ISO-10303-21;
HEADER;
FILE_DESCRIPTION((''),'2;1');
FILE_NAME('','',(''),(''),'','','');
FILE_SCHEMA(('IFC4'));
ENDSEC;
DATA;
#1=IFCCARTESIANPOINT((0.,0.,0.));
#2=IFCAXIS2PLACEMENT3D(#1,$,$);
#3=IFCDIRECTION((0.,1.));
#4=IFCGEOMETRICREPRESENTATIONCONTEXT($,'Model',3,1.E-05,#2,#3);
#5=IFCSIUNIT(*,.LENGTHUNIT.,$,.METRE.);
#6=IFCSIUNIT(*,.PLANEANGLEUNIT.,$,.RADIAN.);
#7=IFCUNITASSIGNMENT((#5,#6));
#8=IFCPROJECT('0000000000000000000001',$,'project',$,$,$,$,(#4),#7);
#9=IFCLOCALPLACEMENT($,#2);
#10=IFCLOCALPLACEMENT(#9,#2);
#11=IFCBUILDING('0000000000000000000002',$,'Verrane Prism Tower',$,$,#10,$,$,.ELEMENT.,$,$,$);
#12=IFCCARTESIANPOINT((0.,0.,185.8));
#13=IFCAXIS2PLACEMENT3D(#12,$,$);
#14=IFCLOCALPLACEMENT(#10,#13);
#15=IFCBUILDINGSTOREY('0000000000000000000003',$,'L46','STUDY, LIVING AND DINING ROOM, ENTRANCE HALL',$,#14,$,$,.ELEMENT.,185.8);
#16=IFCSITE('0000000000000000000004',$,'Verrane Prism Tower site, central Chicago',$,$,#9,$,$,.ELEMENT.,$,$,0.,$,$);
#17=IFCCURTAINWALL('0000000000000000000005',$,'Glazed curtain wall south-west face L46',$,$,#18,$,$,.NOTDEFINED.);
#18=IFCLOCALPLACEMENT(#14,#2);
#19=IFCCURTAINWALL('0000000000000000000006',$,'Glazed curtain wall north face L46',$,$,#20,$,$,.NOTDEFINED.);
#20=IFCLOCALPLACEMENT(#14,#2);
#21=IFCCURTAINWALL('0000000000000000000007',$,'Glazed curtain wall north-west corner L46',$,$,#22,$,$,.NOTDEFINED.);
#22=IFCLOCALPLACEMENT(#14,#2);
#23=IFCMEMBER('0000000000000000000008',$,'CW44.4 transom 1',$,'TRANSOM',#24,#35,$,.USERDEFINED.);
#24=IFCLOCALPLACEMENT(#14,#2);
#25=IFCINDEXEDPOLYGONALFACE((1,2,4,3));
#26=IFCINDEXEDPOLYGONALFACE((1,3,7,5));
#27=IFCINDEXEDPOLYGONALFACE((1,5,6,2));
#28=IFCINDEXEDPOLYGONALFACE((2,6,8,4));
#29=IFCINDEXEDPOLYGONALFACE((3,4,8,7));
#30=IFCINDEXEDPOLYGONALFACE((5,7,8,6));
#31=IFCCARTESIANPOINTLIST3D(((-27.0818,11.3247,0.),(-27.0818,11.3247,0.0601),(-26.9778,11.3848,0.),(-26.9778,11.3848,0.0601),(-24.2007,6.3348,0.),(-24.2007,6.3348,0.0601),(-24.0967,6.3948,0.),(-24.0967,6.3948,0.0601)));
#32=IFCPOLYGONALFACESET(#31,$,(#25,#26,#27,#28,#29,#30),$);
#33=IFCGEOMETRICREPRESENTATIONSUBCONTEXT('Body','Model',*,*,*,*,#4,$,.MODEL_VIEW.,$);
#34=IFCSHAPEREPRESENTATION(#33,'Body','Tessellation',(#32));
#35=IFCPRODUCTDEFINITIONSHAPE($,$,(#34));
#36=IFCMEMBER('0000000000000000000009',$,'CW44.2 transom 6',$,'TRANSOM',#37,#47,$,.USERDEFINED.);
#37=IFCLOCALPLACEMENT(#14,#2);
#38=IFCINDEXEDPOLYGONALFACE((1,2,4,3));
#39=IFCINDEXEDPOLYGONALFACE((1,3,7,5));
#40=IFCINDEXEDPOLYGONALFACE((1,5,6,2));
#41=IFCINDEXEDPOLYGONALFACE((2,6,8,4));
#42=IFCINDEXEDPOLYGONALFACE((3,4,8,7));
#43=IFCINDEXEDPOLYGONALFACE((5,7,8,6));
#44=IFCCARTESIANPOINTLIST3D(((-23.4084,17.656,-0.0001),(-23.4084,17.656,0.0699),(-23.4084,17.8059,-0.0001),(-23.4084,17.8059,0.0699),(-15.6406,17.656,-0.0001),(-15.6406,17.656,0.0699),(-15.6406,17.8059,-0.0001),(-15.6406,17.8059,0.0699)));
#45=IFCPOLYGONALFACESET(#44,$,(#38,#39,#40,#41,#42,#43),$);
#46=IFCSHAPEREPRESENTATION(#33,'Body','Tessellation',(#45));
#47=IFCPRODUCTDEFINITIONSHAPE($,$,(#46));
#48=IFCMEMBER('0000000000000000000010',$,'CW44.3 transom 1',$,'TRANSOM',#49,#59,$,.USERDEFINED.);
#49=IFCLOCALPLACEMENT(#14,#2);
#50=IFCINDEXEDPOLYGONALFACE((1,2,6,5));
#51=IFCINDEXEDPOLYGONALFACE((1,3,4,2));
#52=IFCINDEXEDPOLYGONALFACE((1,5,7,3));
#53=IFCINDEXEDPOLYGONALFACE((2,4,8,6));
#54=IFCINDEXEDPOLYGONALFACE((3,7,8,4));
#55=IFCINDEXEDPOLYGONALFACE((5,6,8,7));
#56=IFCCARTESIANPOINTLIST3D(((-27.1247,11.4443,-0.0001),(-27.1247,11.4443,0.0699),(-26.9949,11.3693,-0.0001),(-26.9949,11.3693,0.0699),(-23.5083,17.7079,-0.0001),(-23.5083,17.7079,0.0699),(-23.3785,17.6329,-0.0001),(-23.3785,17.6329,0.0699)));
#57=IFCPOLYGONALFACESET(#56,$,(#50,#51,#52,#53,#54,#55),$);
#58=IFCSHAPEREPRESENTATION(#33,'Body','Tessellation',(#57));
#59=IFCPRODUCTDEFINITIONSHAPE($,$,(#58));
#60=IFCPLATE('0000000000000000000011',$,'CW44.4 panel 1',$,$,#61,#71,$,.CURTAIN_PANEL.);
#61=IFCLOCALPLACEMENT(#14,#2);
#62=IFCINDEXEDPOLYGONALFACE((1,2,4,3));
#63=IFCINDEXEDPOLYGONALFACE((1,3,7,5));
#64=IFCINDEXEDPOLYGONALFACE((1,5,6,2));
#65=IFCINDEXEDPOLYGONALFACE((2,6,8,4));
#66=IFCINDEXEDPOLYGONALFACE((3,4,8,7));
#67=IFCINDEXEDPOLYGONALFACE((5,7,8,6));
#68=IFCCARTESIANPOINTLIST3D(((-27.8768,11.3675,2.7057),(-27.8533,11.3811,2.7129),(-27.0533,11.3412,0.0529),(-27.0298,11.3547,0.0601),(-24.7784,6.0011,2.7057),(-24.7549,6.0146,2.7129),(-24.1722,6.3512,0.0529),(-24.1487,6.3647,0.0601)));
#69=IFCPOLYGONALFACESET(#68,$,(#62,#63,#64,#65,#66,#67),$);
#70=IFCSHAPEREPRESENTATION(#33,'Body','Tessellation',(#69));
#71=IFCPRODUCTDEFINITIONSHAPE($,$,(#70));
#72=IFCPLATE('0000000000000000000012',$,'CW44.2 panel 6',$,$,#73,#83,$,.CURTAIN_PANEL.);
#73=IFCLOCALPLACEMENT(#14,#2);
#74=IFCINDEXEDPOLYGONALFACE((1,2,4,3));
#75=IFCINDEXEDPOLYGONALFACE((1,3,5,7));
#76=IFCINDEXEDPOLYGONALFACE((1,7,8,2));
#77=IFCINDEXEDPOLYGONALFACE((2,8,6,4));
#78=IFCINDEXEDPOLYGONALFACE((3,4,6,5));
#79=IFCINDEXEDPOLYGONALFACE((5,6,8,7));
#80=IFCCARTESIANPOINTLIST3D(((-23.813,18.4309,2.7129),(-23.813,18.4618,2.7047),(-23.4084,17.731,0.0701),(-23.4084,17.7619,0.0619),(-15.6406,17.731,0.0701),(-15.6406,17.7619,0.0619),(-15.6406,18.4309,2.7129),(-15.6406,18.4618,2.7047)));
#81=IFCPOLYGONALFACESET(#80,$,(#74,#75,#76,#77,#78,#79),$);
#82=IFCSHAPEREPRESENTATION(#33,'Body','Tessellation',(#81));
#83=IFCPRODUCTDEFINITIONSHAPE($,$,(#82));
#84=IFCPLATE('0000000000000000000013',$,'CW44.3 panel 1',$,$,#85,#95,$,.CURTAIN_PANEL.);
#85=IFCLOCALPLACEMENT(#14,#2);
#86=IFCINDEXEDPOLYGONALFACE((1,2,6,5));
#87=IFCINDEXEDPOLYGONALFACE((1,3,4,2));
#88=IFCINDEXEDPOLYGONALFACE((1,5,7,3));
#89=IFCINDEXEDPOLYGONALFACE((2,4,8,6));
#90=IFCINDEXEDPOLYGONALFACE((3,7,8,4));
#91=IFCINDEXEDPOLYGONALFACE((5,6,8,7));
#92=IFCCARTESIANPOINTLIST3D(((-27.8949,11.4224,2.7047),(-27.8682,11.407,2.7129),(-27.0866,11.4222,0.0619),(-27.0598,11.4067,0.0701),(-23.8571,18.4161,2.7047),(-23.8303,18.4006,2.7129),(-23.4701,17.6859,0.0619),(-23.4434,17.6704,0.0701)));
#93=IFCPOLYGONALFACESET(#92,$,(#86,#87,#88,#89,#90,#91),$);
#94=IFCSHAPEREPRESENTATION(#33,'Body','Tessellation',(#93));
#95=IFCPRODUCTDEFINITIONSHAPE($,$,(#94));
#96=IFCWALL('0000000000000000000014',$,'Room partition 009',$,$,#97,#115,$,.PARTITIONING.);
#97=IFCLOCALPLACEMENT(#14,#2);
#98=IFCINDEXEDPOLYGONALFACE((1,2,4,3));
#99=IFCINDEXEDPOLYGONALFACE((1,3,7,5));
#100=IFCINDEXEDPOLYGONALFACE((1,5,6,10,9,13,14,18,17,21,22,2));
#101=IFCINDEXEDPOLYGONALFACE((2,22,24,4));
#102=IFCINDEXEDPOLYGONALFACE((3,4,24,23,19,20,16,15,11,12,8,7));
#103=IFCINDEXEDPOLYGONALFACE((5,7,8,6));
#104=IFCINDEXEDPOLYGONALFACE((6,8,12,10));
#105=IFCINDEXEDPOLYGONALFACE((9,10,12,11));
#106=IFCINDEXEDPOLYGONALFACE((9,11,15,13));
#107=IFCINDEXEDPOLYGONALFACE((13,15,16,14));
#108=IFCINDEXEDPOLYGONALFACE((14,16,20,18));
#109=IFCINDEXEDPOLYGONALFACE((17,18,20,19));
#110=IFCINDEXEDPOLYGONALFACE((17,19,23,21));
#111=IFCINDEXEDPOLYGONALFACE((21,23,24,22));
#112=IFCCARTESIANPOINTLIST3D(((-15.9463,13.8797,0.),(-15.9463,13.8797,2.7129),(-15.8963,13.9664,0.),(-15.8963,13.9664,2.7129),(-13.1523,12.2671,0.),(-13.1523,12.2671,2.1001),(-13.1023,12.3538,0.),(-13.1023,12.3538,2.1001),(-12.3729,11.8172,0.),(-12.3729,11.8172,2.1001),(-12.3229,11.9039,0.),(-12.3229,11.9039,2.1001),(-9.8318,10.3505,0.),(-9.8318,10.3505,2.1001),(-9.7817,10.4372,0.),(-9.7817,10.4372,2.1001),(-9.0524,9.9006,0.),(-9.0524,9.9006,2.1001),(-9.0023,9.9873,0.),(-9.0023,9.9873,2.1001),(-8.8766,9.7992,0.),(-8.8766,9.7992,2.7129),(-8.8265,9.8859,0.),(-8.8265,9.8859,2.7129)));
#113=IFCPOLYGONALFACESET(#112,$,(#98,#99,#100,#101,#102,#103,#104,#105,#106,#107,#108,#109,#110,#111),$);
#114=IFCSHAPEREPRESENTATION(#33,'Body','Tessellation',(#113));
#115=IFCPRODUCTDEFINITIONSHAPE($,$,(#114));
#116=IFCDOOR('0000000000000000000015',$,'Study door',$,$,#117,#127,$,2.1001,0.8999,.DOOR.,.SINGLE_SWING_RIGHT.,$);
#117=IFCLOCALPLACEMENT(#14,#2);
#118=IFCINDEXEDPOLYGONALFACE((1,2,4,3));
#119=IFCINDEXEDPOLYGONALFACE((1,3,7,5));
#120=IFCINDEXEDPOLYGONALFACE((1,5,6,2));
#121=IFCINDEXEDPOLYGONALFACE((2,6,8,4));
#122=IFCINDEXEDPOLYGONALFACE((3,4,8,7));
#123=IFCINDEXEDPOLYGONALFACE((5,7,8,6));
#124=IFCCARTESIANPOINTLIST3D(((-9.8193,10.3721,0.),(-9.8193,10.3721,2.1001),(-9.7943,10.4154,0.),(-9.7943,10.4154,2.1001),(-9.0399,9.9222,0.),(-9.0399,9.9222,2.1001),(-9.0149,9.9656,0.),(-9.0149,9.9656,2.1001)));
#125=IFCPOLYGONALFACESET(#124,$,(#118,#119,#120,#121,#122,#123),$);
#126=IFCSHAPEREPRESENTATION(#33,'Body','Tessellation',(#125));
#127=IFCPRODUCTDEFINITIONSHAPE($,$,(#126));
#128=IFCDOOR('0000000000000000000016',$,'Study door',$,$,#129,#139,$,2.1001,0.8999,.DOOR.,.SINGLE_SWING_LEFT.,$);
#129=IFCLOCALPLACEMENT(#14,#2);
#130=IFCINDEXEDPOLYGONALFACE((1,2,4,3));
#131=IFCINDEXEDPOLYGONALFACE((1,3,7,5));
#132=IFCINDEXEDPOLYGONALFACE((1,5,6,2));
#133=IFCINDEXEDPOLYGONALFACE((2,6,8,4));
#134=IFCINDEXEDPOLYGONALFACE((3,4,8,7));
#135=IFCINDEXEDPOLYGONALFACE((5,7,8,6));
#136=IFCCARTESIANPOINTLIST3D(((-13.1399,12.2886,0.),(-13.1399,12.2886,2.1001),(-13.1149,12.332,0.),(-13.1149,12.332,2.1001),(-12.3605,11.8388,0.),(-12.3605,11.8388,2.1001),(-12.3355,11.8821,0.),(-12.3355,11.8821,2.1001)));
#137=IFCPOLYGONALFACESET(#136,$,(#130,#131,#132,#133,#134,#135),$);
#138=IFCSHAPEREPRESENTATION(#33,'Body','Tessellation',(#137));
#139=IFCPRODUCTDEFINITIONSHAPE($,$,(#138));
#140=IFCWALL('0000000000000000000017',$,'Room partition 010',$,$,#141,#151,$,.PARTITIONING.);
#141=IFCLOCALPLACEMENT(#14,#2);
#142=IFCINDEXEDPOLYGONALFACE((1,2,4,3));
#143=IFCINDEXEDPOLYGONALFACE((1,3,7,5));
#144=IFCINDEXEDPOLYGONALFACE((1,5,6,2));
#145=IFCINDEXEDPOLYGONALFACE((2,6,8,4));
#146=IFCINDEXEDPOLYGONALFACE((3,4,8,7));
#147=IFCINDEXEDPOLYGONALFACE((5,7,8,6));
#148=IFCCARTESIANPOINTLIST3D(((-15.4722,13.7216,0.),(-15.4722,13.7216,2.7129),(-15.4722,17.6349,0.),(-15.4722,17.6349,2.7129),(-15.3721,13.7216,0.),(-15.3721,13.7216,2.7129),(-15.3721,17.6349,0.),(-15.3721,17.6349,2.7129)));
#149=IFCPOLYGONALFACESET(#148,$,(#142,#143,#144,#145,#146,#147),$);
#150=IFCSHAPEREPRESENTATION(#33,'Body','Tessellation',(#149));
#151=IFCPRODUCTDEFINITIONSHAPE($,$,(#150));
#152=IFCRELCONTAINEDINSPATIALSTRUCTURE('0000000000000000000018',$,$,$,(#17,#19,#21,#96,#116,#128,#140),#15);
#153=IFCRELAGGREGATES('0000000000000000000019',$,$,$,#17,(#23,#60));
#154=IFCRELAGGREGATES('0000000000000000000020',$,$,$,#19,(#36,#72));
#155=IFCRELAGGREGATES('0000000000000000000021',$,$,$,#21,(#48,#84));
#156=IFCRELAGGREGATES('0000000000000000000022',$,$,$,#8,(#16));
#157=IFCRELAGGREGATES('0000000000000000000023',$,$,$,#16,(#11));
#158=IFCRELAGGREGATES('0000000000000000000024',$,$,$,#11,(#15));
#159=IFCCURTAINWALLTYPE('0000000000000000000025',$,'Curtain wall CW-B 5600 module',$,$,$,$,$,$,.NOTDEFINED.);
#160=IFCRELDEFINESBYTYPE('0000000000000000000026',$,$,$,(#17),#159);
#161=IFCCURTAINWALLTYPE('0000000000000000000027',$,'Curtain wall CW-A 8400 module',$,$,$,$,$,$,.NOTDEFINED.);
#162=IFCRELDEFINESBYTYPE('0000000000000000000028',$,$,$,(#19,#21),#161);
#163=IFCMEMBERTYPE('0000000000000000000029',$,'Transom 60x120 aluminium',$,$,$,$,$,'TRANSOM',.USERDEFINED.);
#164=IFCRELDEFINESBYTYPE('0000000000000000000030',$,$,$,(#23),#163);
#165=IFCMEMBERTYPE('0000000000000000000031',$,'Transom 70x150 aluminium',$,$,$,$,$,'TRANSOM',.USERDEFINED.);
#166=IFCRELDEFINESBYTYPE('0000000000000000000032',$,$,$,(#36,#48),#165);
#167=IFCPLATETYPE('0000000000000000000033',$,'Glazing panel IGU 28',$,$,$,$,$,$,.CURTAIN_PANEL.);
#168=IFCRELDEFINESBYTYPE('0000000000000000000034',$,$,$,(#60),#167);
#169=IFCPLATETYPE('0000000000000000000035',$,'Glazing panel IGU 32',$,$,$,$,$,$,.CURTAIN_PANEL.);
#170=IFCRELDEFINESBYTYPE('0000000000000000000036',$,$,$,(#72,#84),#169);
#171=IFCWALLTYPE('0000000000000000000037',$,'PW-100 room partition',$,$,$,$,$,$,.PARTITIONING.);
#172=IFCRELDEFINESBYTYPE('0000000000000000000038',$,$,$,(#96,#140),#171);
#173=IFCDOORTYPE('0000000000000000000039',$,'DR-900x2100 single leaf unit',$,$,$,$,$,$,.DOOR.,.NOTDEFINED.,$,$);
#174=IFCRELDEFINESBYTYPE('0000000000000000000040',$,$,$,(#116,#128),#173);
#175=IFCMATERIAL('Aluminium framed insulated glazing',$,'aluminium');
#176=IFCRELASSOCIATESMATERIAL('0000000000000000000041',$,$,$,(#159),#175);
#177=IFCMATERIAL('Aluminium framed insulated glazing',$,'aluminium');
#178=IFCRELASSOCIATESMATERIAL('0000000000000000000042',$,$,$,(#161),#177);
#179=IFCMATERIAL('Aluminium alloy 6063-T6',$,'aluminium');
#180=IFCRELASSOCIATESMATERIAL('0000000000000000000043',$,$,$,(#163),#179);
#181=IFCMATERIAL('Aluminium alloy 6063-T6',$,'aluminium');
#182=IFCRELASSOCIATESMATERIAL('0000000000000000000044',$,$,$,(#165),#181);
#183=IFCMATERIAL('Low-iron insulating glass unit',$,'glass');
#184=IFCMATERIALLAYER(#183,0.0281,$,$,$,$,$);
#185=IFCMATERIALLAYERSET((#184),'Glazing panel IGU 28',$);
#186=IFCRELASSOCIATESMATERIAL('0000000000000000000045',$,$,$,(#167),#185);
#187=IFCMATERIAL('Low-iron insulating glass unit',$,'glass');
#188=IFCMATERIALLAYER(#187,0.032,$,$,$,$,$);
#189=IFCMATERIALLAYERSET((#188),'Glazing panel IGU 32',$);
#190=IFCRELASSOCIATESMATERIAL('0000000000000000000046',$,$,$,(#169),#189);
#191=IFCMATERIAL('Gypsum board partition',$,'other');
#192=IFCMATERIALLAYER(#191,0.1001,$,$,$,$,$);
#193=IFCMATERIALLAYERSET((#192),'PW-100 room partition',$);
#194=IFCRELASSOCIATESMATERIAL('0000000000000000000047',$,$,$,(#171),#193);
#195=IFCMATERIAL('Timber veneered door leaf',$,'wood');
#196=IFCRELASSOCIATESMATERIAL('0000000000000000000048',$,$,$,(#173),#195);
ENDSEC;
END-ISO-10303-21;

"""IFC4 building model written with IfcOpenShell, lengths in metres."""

from ifc_helpers import new_model, si_unit, direction, frame, frame_2d, origin, origin_2d, place, context, subcontext, project, spatial, polyline, rectangle, outline, extrude, material, layer, layer_set, material_profile, profile_set, type_object, element, fill, aggregate, save


model = new_model("IFC4")

# Units and contexts
model_context = context("Model", 3, precision=1e-05, world=origin(), true_north=direction((0.0, 1.0)))
body_context = subcontext(model_context, "Body", "Model", "MODEL_VIEW")
ifc_project = project(units=[si_unit("LENGTHUNIT", "METRE"), si_unit("PLANEANGLEUNIT", "RADIAN")], contexts=[model_context])

# Site, building, storey
site_placement = place(None, origin())
site = spatial("IfcSite", under=ifc_project, at=site_placement, Name="Verrane Prism Tower site, central Chicago", CompositionType="ELEMENT", RefElevation=0.0)
building_placement = place(site_placement, origin())
building = spatial("IfcBuilding", under=site, at=building_placement, Name="Verrane Prism Tower", CompositionType="ELEMENT")
storey_placement = place(building_placement, frame((0.0, 0.0, 185.8)))
storey = spatial("IfcBuildingStorey", under=building, at=storey_placement, Name="L46", Description="STUDY, LIVING AND DINING ROOM, ENTRANCE HALL", CompositionType="ELEMENT", Elevation=185.8)

# Curtain walls
ifc_material_1 = material(Name="Aluminium framed insulated glazing", Category="aluminium")
curtain_wall_type_1 = type_object("IfcCurtainWallType", Name="Curtain wall CW-B 5600 module", PredefinedType="NOTDEFINED", material=ifc_material_1)
curtain_wall_1_placement = place(storey_placement, origin())
curtain_wall_1 = element("IfcCurtainWall", 1, at=curtain_wall_1_placement, inside=storey, type_object=curtain_wall_type_1, Name="Glazed curtain wall south-west face L46", PredefinedType="NOTDEFINED")
ifc_material_2 = material(Name="Aluminium framed insulated glazing", Category="aluminium")
curtain_wall_type_2 = type_object("IfcCurtainWallType", Name="Curtain wall CW-A 8400 module", PredefinedType="NOTDEFINED", material=ifc_material_2)
curtain_wall_2_placement = place(storey_placement, origin())
curtain_wall_2 = element("IfcCurtainWall", 2, at=curtain_wall_2_placement, inside=storey, type_object=curtain_wall_type_2, Name="Glazed curtain wall north face L46", PredefinedType="NOTDEFINED")
curtain_wall_3_placement = place(storey_placement, origin())
curtain_wall_3 = element("IfcCurtainWall", 3, at=curtain_wall_3_placement, inside=storey, type_object=curtain_wall_type_2, Name="Glazed curtain wall north-west corner L46", PredefinedType="NOTDEFINED")

# Members
ifc_material_3 = material(Name="Aluminium alloy 6063-T6", Category="aluminium")
ifc_material_profile_1 = material_profile(ifc_material_3, rectangle(XDim=0.1201, YDim=0.0601, at=origin_2d()), Name="Transom 60x120 aluminium")
ifc_profile_set_1 = profile_set([ifc_material_profile_1], Name="Aluminium alloy 6063-T6")
member_type_1 = type_object("IfcMemberType", Name="Transom 60x120 aluminium", ElementType="TRANSOM", PredefinedType="USERDEFINED", material=ifc_profile_set_1)
member_1_placement = place(storey_placement, frame((-27.0298, 11.3547, 0.03), z_axis=(0.500017, -0.866016, 0.0), x_axis=(0.866016, 0.500017, 0.0)))
member_1 = element("IfcMember", 4, at=member_1_placement, type_object=member_type_1, Name="CW44.4 transom 1", ObjectType="TRANSOM", PredefinedType="USERDEFINED", context=body_context, shape_type="SweptSolid", body=[
    extrude(rectangle(XDim=0.1201, YDim=0.0601, at=origin_2d()), origin(), (0.0, 0.0, 1.0), 5.762),
])
ifc_material_4 = material(Name="Aluminium alloy 6063-T6", Category="aluminium")
ifc_material_profile_2 = material_profile(ifc_material_4, rectangle(XDim=0.1499, YDim=0.0701, at=origin_2d()), Name="Transom 70x150 aluminium")
ifc_profile_set_2 = profile_set([ifc_material_profile_2], Name="Aluminium alloy 6063-T6")
member_type_2 = type_object("IfcMemberType", Name="Transom 70x150 aluminium", ElementType="TRANSOM", PredefinedType="USERDEFINED", material=ifc_profile_set_2)
member_2_placement = place(storey_placement, frame((-15.6406, 17.731, 0.0349), z_axis=(-1.0, 0.0, 0.0), x_axis=(0.0, -1.0, 0.0)))
member_2 = element("IfcMember", 5, at=member_2_placement, type_object=member_type_2, Name="CW44.2 transom 6", ObjectType="TRANSOM", PredefinedType="USERDEFINED", context=body_context, shape_type="SweptSolid", body=[
    extrude(rectangle(XDim=0.1499, YDim=0.0701, at=origin_2d()), origin(), (0.0, 0.0, 1.0), 7.7678),
])
member_3_placement = place(storey_placement, frame((-23.4434, 17.6704, 0.0349), z_axis=(-0.500013, -0.866018, 0.0), x_axis=(0.866018, -0.500013, 0.0)))
member_3 = element("IfcMember", 6, at=member_3_placement, type_object=member_type_2, Name="CW44.3 transom 1", ObjectType="TRANSOM", PredefinedType="USERDEFINED", context=body_context, shape_type="SweptSolid", body=[
    extrude(rectangle(XDim=0.1499, YDim=0.0701, at=origin_2d()), origin(), (0.0, 0.0, 1.0), 7.2327),
])

# Plates
ifc_material_5 = material(Name="Low-iron insulating glass unit", Category="glass")
ifc_layer_1 = layer(ifc_material_5, 0.0281)
ifc_layer_set_1 = layer_set([ifc_layer_1], Name="Glazing panel IGU 28")
plate_type_1 = type_object("IfcPlateType", Name="Glazing panel IGU 28", PredefinedType="CURTAIN_PANEL", material=ifc_layer_set_1)
plate_1_placement = place(storey_placement, frame((-27.0298, 11.3547, 0.0601), z_axis=(0.837357, 0.483464, 0.255137), x_axis=(0.500013, -0.866018, -0.000001)))
plate_1 = element("IfcPlate", 7, at=plate_1_placement, type_object=plate_type_1, Name="CW44.4 panel 1", PredefinedType="CURTAIN_PANEL", context=body_context, shape_type="SweptSolid", body=[
    extrude(outline(polyline([(0.0, 0.0), (5.762, 0.0), (5.7621, -2.7436), (-0.4346, -2.7436), (0.0, 0.0)])), origin(), (0.0, 0.0, -1.0), 0.0281),
])
aggregate(curtain_wall_1, [member_1, plate_1])
ifc_material_6 = material(Name="Low-iron insulating glass unit", Category="glass")
ifc_layer_2 = layer(ifc_material_6, 0.032)
ifc_layer_set_2 = layer_set([ifc_layer_2], Name="Glazing panel IGU 32")
plate_type_2 = type_object("IfcPlateType", Name="Glazing panel IGU 32", PredefinedType="CURTAIN_PANEL", material=ifc_layer_set_2)
plate_2_placement = place(storey_placement, frame((-15.6406, 17.731, 0.0701), z_axis=(0.0, -0.966671, 0.256023), x_axis=(-1.0, 0.0, 0.0)))
plate_2 = element("IfcPlate", 8, at=plate_2_placement, type_object=plate_type_2, Name="CW44.2 panel 6", PredefinedType="CURTAIN_PANEL", context=body_context, shape_type="SweptSolid", body=[
    extrude(outline(polyline([(0.0, 0.0), (7.7678, 0.0), (8.1724, -2.7339), (0.0, -2.7339), (0.0, 0.0)])), origin(), (0.0, 0.0, -1.0), 0.032),
])
aggregate(curtain_wall_2, [member_2, plate_2])
plate_3_placement = place(storey_placement, frame((-23.4434, 17.6704, 0.0701), z_axis=(0.837137, -0.483332, 0.256109), x_axis=(-0.500009, -0.86602, 0.000001)))
plate_3 = element("IfcPlate", 9, at=plate_3_placement, type_object=plate_type_2, Name="CW44.3 panel 1", PredefinedType="CURTAIN_PANEL", context=body_context, shape_type="SweptSolid", body=[
    extrude(outline(polyline([(0.0, 0.0), (7.2327, 0.0), (7.6367, -2.734), (-0.4389, -2.734), (0.0, 0.0)])), origin(), (0.0, 0.0, -1.0), 0.032),
])
aggregate(curtain_wall_3, [member_3, plate_3])

# Wall, openings, doors
ifc_material_7 = material(Name="Gypsum board partition", Category="other")
ifc_layer_3 = layer(ifc_material_7, 0.1001)
ifc_layer_set_3 = layer_set([ifc_layer_3], Name="PW-100 room partition")
wall_type = type_object("IfcWallType", Name="PW-100 room partition", PredefinedType="PARTITIONING", material=ifc_layer_set_3)
wall_1_placement = place(storey_placement, frame((-15.9214, 13.9231, 0.0), z_axis=(0.0, 0.0, 1.0), x_axis=(0.866089, -0.49989, 0.0)))
wall_1 = element("IfcWall", 10, at=wall_1_placement, inside=storey, type_object=wall_type, Name="Room partition 009", PredefinedType="PARTITIONING", context=body_context, shape_type="SweptSolid", body=[
    extrude(rectangle(XDim=8.1628, YDim=0.1001, at=frame_2d((4.0815, 0.0))), origin(), (0.0, 0.0, 1.0), 2.7129),
])
opening_1_placement = place(wall_1_placement, frame((7.0601, 0.0, 0.0)))
opening_1 = element("IfcOpeningElement", 11, at=opening_1_placement, cuts=wall_1, PredefinedType="OPENING", context=body_context, shape_type="SweptSolid", body=[
    extrude(rectangle(XDim=0.8999, YDim=2.1001, at=frame_2d((0.45, 1.05))), frame((0.0, 0.0601, 0.0), z_axis=(0.0, -1.0, 0.0), x_axis=(1.0, 0.0, 0.0)), (0.0, 0.0, 1.0), 0.1201),
])
opening_2_placement = place(wall_1_placement, frame((3.2261, 0.0, 0.0)))
opening_2 = element("IfcOpeningElement", 12, at=opening_2_placement, cuts=wall_1, PredefinedType="OPENING", context=body_context, shape_type="SweptSolid", body=[
    extrude(rectangle(XDim=0.8999, YDim=2.1001, at=frame_2d((0.45, 1.05))), frame((0.0, 0.0601, 0.0), z_axis=(0.0, -1.0, 0.0), x_axis=(1.0, 0.0, 0.0)), (0.0, 0.0, 1.0), 0.1201),
])
ifc_material_8 = material(Name="Timber veneered door leaf", Category="wood")
door_type = type_object("IfcDoorType", Name="DR-900x2100 single leaf unit", OperationType="NOTDEFINED", PredefinedType="DOOR", material=ifc_material_8)
door_1_placement = place(opening_1_placement, origin())
door_1 = element("IfcDoor", 13, at=door_1_placement, inside=storey, type_object=door_type, Name="Study door", OperationType="SINGLE_SWING_RIGHT", OverallHeight=2.1001, OverallWidth=0.8999, PredefinedType="DOOR", context=body_context, shape_type="SweptSolid", body=[
    extrude(rectangle(XDim=0.8999, YDim=2.1001, at=frame_2d((0.45, 1.05))), frame((0.0, 0.0249, 0.0), z_axis=(0.0, -1.0, 0.0), x_axis=(1.0, 0.0, 0.0)), (0.0, 0.0, 1.0), 0.05),
])
fill(opening_1, door_1)
door_2_placement = place(opening_2_placement, origin())
door_2 = element("IfcDoor", 14, at=door_2_placement, inside=storey, type_object=door_type, Name="Study door", OperationType="SINGLE_SWING_LEFT", OverallHeight=2.1001, OverallWidth=0.8999, PredefinedType="DOOR", context=body_context, shape_type="SweptSolid", body=[
    extrude(rectangle(XDim=0.8999, YDim=2.1001, at=frame_2d((0.45, 1.05))), frame((0.0, 0.0249, 0.0), z_axis=(0.0, -1.0, 0.0), x_axis=(1.0, 0.0, 0.0)), (0.0, 0.0, 1.0), 0.05),
])
fill(opening_2, door_2)

# Wall
wall_2_placement = place(storey_placement, frame((-15.4221, 13.7217, 0.0), z_axis=(0.0, 0.0, 1.0), x_axis=(0.0, 1.0, 0.0)))
element("IfcWall", 15, at=wall_2_placement, inside=storey, type_object=wall_type, Name="Room partition 010", PredefinedType="PARTITIONING", context=body_context, shape_type="SweptSolid", body=[
    extrude(rectangle(XDim=3.9133, YDim=0.1001, at=frame_2d((1.9565, 0.0))), origin(), (0.0, 0.0, 1.0), 2.7129),
])

save(model, "model.ifc")
